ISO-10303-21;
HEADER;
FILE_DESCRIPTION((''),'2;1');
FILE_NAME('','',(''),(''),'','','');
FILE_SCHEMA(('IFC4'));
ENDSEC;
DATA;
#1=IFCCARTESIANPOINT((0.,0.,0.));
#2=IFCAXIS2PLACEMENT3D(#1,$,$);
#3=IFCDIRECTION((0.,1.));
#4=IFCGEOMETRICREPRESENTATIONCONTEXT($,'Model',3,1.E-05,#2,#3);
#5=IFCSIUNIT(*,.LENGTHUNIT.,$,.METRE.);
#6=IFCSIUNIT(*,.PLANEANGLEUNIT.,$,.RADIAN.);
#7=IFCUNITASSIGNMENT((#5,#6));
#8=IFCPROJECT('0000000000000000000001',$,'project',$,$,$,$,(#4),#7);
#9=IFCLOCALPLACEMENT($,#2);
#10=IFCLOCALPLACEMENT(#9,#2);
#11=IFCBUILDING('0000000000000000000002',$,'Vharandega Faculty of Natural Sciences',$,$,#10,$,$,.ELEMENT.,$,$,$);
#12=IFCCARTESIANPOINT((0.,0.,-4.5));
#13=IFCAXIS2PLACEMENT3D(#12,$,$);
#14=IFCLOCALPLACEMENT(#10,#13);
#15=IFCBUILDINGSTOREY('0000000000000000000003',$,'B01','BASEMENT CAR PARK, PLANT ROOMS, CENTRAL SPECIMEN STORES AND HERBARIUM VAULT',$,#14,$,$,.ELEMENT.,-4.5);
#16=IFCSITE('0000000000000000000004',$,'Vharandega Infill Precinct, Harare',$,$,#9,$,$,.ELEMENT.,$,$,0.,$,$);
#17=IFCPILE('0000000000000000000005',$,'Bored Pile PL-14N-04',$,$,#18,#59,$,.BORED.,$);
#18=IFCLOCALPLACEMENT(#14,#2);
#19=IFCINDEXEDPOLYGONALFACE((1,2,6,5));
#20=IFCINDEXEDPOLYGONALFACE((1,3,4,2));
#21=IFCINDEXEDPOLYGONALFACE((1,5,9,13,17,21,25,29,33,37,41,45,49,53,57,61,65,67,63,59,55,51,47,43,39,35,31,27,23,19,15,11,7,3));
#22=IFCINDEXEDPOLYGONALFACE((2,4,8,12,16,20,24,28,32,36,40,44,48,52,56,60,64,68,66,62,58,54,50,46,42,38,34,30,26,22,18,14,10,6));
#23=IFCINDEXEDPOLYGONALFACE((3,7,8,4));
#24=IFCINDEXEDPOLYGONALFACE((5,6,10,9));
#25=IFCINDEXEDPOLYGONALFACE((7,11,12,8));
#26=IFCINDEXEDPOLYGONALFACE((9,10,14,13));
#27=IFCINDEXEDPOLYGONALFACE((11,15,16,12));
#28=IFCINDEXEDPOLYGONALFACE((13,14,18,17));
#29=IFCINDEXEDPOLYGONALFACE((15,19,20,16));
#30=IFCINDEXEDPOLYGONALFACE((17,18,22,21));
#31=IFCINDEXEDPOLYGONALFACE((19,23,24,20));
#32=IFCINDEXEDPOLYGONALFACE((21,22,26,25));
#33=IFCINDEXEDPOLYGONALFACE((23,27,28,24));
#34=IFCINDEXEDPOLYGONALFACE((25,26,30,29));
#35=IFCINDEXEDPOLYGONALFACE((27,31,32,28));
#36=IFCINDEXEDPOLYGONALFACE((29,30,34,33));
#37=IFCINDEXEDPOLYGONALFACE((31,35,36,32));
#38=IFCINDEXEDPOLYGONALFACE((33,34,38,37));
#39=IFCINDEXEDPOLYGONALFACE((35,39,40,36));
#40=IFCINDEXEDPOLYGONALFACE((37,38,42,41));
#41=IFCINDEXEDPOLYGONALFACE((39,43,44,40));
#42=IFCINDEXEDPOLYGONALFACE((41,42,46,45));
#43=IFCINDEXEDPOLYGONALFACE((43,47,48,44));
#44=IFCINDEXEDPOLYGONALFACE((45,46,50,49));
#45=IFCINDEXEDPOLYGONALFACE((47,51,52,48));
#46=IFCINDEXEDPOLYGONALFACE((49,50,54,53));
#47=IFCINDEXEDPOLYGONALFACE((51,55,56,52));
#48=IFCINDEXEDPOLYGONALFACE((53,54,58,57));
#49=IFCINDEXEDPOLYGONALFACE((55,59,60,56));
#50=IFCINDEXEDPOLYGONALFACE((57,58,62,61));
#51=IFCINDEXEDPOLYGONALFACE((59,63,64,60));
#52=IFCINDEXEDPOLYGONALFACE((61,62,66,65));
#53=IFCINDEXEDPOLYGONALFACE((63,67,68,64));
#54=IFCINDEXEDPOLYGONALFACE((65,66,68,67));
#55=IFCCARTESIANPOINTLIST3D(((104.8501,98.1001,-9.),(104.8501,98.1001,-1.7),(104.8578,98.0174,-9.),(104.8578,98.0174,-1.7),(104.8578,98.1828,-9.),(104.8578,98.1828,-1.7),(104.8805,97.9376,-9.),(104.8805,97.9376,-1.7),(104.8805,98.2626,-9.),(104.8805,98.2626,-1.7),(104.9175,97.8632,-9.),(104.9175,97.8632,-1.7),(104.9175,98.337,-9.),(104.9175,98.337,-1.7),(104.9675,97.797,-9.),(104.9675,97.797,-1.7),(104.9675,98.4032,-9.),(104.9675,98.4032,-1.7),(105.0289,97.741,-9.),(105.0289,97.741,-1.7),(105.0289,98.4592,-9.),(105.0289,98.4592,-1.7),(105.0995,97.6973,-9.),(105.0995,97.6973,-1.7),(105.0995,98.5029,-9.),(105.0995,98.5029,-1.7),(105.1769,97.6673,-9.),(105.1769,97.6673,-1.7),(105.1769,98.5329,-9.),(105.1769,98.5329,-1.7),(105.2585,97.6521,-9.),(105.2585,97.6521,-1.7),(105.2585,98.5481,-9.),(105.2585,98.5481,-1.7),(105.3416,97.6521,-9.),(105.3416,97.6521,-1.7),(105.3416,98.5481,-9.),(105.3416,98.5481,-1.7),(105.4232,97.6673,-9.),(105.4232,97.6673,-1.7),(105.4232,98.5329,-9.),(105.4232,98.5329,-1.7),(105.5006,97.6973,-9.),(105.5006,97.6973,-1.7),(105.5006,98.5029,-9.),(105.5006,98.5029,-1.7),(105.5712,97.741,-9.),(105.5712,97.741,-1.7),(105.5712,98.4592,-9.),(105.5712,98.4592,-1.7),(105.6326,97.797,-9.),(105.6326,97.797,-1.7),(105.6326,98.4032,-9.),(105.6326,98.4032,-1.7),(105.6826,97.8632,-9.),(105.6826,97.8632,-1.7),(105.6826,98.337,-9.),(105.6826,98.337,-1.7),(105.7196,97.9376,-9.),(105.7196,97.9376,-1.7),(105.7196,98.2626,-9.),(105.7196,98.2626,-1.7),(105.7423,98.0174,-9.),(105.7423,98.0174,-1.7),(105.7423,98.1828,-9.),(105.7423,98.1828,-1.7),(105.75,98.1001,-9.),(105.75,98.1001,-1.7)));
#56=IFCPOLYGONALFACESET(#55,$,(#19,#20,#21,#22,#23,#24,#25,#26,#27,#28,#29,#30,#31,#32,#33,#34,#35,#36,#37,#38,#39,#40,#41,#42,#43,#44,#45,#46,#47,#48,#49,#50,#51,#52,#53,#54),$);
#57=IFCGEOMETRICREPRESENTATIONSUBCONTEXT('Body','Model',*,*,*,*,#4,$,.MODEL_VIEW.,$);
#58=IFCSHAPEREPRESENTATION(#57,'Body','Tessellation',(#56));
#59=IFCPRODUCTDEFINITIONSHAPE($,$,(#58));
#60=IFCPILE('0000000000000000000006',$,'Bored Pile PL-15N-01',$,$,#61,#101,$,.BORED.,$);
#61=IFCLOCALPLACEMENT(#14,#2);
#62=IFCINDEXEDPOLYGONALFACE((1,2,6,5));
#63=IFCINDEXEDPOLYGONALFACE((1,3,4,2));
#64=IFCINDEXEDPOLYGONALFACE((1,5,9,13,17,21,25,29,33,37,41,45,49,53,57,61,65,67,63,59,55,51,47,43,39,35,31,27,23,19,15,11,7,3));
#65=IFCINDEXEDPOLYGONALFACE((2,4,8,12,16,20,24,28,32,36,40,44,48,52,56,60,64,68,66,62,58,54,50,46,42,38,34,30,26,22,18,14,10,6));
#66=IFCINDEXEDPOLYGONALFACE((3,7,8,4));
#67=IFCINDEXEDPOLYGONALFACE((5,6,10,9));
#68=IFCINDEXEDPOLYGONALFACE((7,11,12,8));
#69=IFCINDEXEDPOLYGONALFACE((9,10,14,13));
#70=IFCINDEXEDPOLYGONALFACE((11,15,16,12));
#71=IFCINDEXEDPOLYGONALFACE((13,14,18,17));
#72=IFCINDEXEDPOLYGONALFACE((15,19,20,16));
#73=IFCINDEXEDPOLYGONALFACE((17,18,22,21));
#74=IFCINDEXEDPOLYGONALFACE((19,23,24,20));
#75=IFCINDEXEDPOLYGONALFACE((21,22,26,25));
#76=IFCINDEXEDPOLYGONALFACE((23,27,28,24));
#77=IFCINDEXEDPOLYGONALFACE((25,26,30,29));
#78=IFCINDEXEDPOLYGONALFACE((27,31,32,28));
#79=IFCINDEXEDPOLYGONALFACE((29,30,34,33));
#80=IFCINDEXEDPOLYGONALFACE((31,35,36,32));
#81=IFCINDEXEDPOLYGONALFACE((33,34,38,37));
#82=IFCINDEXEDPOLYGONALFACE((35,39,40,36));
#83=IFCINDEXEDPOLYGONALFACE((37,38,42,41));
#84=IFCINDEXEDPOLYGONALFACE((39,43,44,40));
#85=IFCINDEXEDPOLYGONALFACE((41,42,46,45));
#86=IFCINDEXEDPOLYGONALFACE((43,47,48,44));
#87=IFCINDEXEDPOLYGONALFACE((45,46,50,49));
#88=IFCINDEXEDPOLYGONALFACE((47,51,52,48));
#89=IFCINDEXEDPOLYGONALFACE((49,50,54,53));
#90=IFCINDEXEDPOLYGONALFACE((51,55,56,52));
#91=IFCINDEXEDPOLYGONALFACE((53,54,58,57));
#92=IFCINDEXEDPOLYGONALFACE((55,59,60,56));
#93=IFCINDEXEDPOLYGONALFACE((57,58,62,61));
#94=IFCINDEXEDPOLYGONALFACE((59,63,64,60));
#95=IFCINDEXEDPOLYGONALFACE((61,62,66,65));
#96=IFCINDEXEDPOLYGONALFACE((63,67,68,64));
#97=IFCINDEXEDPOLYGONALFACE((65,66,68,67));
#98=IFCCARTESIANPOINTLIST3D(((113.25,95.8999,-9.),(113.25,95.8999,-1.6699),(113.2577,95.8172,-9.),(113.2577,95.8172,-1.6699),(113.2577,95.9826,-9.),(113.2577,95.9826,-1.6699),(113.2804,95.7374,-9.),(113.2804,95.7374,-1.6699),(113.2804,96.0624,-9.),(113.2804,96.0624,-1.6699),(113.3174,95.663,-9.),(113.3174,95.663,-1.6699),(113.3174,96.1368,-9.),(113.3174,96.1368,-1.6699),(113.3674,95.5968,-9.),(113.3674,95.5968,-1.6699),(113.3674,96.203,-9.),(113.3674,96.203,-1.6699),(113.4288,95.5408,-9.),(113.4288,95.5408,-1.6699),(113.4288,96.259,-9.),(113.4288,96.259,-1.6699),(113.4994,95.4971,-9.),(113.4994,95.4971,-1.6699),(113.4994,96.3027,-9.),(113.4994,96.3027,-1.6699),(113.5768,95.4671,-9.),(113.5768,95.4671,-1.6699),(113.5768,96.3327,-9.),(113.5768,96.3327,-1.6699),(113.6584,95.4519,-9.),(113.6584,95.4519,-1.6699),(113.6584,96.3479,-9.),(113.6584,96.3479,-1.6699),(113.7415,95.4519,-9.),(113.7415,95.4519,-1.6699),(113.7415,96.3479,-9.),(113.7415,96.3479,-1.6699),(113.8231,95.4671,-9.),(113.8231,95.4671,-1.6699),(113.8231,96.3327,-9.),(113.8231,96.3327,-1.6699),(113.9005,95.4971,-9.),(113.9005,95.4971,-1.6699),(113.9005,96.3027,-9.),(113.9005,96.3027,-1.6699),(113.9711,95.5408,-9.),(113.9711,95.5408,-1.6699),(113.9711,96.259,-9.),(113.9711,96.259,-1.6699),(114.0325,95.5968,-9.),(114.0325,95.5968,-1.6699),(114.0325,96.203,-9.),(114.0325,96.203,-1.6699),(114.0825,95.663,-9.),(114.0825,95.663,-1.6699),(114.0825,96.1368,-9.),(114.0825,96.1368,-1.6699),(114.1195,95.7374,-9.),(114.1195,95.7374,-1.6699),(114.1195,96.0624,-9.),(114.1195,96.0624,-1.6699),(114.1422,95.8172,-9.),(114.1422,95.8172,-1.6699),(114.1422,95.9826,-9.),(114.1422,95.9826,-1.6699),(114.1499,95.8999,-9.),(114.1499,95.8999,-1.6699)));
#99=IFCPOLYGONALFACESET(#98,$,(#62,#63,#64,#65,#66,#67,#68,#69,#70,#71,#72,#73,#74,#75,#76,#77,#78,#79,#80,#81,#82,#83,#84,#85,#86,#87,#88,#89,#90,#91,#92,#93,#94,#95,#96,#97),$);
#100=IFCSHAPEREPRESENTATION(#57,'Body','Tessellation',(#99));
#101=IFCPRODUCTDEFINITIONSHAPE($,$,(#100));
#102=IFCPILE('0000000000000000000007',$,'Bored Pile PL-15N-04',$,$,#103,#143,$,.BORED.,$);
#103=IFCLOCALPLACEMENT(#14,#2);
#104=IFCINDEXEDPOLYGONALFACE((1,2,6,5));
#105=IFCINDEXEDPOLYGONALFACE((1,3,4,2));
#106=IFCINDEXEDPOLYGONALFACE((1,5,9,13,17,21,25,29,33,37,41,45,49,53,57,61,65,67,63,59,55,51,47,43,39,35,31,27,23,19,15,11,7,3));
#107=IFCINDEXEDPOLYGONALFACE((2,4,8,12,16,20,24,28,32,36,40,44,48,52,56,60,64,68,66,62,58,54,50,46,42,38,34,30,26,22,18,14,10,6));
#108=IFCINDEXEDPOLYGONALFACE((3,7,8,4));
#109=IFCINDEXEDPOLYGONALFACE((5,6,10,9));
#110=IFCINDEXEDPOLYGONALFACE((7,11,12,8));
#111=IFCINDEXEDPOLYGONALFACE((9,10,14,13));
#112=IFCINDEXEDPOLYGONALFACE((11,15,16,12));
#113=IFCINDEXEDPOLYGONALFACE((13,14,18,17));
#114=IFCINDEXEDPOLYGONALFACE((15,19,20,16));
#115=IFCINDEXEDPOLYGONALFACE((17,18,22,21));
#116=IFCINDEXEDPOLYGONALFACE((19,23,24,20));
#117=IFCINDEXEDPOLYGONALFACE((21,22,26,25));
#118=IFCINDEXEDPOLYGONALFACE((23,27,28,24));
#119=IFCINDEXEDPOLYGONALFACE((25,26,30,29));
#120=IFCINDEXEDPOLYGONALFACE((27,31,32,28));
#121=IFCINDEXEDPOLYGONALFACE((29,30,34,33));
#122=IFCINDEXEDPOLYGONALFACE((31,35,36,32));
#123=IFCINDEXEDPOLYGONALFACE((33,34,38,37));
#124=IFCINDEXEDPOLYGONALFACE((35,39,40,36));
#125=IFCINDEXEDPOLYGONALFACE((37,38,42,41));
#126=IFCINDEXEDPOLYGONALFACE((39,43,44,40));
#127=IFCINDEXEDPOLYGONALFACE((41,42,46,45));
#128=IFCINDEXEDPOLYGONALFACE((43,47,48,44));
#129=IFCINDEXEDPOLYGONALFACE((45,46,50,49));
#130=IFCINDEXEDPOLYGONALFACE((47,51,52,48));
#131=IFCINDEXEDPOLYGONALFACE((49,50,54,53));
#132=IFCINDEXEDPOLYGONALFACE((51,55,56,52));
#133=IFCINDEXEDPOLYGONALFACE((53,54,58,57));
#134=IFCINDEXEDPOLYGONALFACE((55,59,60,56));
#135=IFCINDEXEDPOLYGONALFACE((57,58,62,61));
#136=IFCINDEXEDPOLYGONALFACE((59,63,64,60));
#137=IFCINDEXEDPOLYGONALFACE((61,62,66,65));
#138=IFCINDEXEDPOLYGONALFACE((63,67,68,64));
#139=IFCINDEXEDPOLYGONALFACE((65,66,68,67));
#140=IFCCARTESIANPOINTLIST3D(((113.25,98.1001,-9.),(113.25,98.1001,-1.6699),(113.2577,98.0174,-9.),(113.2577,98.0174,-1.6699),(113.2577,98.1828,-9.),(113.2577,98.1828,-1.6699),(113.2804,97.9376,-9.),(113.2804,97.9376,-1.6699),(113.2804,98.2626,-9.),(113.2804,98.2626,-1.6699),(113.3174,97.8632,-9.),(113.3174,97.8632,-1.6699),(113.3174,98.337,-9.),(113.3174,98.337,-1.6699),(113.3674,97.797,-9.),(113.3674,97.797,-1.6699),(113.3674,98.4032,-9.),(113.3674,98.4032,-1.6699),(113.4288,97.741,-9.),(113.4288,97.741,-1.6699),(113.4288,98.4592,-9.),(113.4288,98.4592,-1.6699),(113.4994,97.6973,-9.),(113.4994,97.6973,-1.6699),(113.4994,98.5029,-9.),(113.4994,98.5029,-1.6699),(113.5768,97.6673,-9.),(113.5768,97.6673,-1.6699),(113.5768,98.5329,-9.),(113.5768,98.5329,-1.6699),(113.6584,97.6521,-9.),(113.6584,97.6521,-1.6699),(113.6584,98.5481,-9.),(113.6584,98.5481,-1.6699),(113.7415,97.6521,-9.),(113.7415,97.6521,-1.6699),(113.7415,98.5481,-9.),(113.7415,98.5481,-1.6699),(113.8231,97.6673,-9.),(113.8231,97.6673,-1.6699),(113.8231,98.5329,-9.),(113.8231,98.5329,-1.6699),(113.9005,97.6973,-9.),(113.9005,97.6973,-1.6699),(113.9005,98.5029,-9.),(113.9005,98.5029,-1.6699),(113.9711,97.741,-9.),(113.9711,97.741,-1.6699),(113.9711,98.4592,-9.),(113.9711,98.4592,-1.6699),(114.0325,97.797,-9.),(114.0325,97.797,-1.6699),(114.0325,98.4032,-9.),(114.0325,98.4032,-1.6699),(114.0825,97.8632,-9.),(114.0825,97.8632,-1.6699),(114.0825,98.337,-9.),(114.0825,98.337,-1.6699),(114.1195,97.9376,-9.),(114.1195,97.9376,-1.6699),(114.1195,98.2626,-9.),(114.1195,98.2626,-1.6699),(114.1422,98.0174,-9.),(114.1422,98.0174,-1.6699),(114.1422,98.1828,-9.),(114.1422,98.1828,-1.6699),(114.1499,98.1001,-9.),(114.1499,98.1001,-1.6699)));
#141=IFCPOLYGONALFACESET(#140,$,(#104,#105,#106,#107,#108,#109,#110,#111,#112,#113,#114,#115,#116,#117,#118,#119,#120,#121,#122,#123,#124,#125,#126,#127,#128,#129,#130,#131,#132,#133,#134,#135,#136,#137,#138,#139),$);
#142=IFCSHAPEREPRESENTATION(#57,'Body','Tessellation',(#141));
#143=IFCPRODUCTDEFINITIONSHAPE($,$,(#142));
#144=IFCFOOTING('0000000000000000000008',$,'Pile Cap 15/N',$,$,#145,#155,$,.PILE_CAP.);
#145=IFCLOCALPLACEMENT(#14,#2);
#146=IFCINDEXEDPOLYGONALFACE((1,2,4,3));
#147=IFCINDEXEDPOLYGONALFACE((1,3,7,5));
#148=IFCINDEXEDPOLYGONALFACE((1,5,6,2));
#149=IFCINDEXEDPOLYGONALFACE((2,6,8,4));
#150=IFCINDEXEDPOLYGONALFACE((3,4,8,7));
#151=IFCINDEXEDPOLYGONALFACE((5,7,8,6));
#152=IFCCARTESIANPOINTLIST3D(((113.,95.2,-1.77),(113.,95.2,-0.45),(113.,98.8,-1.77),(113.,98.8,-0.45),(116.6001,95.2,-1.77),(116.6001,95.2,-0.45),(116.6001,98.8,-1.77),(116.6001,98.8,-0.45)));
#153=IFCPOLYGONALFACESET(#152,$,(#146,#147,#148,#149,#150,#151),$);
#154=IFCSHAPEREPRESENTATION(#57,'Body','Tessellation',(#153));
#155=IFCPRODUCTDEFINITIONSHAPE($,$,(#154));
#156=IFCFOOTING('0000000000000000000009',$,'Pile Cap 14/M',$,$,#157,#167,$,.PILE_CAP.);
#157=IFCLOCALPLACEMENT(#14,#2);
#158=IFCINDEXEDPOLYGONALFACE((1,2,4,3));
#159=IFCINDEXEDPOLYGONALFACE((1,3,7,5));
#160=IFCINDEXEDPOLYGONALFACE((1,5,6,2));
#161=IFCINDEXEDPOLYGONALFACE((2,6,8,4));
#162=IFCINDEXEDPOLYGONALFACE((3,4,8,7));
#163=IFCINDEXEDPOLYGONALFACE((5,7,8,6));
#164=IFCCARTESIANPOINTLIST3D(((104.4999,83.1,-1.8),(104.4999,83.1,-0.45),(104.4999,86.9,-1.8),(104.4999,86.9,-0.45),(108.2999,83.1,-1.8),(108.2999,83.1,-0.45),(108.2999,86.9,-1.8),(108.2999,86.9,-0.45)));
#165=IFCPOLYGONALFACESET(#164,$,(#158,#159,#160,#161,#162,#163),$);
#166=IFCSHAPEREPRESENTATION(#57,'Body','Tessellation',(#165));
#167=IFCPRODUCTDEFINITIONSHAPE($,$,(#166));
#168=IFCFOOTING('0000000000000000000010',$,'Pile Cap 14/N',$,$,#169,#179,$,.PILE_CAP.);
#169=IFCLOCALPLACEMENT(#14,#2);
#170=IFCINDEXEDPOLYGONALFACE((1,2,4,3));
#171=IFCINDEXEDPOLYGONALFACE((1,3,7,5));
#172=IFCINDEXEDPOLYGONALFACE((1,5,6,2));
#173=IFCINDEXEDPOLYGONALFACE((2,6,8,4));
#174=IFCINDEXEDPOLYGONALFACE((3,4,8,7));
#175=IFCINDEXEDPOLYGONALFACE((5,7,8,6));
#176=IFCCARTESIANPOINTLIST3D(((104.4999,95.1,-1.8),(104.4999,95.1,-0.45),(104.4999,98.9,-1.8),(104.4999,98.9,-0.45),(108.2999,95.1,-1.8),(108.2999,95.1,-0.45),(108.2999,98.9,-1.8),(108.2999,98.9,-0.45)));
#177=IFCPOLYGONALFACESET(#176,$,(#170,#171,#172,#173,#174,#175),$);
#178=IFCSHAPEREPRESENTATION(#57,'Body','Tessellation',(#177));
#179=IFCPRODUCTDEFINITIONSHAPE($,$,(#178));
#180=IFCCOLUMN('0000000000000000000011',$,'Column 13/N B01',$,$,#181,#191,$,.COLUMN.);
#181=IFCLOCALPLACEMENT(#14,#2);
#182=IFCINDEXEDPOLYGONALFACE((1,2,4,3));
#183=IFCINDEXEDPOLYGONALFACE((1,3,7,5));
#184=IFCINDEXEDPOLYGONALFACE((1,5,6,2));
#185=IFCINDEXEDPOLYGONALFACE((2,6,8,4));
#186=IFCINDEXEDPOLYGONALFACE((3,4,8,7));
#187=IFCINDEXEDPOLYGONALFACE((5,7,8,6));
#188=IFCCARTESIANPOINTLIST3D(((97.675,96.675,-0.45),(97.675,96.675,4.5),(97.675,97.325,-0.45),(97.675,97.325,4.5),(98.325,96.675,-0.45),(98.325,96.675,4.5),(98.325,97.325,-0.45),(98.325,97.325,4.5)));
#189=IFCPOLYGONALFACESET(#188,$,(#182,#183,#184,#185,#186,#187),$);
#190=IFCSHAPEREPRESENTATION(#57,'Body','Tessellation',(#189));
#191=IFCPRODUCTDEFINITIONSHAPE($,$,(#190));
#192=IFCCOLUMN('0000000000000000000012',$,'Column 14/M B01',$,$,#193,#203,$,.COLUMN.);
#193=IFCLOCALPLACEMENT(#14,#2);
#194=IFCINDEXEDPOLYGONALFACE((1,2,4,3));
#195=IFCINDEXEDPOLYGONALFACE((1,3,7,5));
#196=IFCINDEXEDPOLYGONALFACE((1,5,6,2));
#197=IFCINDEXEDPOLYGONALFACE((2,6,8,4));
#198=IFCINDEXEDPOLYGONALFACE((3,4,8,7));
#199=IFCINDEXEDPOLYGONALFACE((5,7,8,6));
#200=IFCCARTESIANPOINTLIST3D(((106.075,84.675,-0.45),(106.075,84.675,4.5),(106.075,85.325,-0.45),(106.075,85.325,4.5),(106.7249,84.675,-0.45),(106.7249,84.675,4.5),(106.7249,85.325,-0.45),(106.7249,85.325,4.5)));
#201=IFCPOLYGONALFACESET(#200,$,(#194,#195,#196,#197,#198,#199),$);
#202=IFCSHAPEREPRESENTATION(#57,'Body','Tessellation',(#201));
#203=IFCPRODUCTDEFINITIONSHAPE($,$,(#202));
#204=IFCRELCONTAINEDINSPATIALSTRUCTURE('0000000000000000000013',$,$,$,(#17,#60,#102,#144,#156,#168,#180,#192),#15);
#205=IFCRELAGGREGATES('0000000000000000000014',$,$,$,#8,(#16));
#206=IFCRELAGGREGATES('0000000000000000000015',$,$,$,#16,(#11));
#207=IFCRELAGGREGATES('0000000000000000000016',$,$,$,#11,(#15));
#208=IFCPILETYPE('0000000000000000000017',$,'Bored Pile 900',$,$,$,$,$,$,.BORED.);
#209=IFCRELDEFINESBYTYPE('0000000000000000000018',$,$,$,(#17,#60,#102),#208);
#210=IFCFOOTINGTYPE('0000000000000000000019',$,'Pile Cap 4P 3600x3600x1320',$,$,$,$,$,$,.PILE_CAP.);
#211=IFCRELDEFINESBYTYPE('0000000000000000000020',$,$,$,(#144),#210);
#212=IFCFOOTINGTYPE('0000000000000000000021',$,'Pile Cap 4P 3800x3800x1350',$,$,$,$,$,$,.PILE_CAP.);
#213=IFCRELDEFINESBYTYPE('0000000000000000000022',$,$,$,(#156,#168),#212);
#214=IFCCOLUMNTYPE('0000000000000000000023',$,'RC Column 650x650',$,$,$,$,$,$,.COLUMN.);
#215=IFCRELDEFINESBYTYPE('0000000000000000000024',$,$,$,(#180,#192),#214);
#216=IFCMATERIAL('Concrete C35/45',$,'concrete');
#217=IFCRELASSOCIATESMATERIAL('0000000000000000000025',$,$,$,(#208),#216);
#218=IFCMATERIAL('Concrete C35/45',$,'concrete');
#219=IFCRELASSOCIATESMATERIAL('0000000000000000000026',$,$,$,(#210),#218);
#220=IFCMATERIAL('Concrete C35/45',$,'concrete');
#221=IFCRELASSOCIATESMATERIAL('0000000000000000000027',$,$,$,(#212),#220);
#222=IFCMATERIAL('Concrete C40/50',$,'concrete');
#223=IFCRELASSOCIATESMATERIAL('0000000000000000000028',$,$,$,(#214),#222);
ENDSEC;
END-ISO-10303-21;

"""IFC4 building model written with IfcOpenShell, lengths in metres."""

from ifc_helpers import new_model, si_unit, direction, frame, origin, origin_2d, place, context, subcontext, project, spatial, rectangle, circle, extrude, material, material_profile, profile_set, type_object, element, save


model = new_model("IFC4")

# Units and contexts
model_context = context("Model", 3, precision=1e-05, world=origin(), true_north=direction((0.0, 1.0)))
body_context = subcontext(model_context, "Body", "Model", "MODEL_VIEW")
ifc_project = project(units=[si_unit("LENGTHUNIT", "METRE"), si_unit("PLANEANGLEUNIT", "RADIAN")], contexts=[model_context])

# Site, building, storey
site_placement = place(None, origin())
site = spatial("IfcSite", under=ifc_project, at=site_placement, Name="Vharandega Infill Precinct, Harare", CompositionType="ELEMENT", RefElevation=0.0)
building_placement = place(site_placement, origin())
building = spatial("IfcBuilding", under=site, at=building_placement, Name="Vharandega Faculty of Natural Sciences", CompositionType="ELEMENT")
storey_placement = place(building_placement, frame((0.0, 0.0, -4.5)))
storey = spatial("IfcBuildingStorey", under=building, at=storey_placement, Name="B01", Description="BASEMENT CAR PARK, PLANT ROOMS, CENTRAL SPECIMEN STORES AND HERBARIUM VAULT", CompositionType="ELEMENT", Elevation=-4.5)

# Piles
ifc_material_1 = material(Name="Concrete C35/45", Category="concrete")
ifc_material_profile_1 = material_profile(ifc_material_1, circle(Radius=0.45, at=origin_2d()), Name="PILE 900")
ifc_profile_set_1 = profile_set([ifc_material_profile_1], Name="Concrete C35/45")
pile_type = type_object("IfcPileType", Name="Bored Pile 900", PredefinedType="BORED", material=ifc_profile_set_1)
for number, where, z_axis, x_axis, name in (
    (1, (105.3, 98.1001, -1.7), (0.0, 0.0, -1.0), (1.0, 0.0, 0.0), "Bored Pile PL-14N-04"),
):
    element("IfcPile", number, at=place(storey_placement, frame(where, z_axis=z_axis, x_axis=x_axis)), inside=storey, type_object=pile_type, Name=name, PredefinedType="BORED", context=body_context, shape_type="SweptSolid", body=[
        extrude(circle(Radius=0.45, at=origin_2d()), origin(), (0.0, 0.0, 1.0), 7.3),
    ])
for number, where, z_axis, x_axis, name in (
    (2, (113.7, 95.8999, -1.6699), (0.0, 0.0, -1.0), (1.0, 0.0, 0.0), "Bored Pile PL-15N-01"),
    (3, (113.7, 98.1001, -1.6699), (0.0, 0.0, -1.0), (1.0, 0.0, 0.0), "Bored Pile PL-15N-04"),
):
    element("IfcPile", number, at=place(storey_placement, frame(where, z_axis=z_axis, x_axis=x_axis)), inside=storey, type_object=pile_type, Name=name, PredefinedType="BORED", context=body_context, shape_type="SweptSolid", body=[
        extrude(circle(Radius=0.45, at=origin_2d()), origin(), (0.0, 0.0, 1.0), 7.3301),
    ])

# Footings
ifc_material_2 = material(Name="Concrete C35/45", Category="concrete")
footing_type_1 = type_object("IfcFootingType", Name="Pile Cap 4P 3600x3600x1320", PredefinedType="PILE_CAP", material=ifc_material_2)
footing_placement = place(storey_placement, frame((114.8, 97.0, -1.77), z_axis=(0.0, 0.0, 1.0), x_axis=(1.0, 0.0, 0.0)))
element("IfcFooting", 4, at=footing_placement, inside=storey, type_object=footing_type_1, Name="Pile Cap 15/N", PredefinedType="PILE_CAP", context=body_context, shape_type="SweptSolid", body=[
    extrude(rectangle(XDim=3.6001, YDim=3.6001, at=origin_2d()), origin(), (0.0, 0.0, 1.0), 1.3201),
])
ifc_material_3 = material(Name="Concrete C35/45", Category="concrete")
footing_type_2 = type_object("IfcFootingType", Name="Pile Cap 4P 3800x3800x1350", PredefinedType="PILE_CAP", material=ifc_material_3)
for number, where, z_axis, x_axis, name in (
    (5, (106.3999, 85.0, -1.8), (0.0, 0.0, 1.0), (1.0, 0.0, 0.0), "Pile Cap 14/M"),
    (6, (106.3999, 97.0, -1.8), (0.0, 0.0, 1.0), (1.0, 0.0, 0.0), "Pile Cap 14/N"),
):
    element("IfcFooting", number, at=place(storey_placement, frame(where, z_axis=z_axis, x_axis=x_axis)), inside=storey, type_object=footing_type_2, Name=name, PredefinedType="PILE_CAP", context=body_context, shape_type="SweptSolid", body=[
        extrude(rectangle(XDim=3.8, YDim=3.8, at=origin_2d()), origin(), (0.0, 0.0, 1.0), 1.3501),
    ])

# Columns
ifc_material_4 = material(Name="Concrete C40/50", Category="concrete")
ifc_material_profile_2 = material_profile(ifc_material_4, rectangle(XDim=0.6499, YDim=0.6499, at=origin_2d()), Name="RC 650x650")
ifc_profile_set_2 = profile_set([ifc_material_profile_2], Name="Concrete C40/50")
column_type = type_object("IfcColumnType", Name="RC Column 650x650", PredefinedType="COLUMN", material=ifc_profile_set_2)
for number, where, z_axis, x_axis, name in (
    (7, (98.0, 97.0, -0.45), (0.0, 0.0, 1.0), (1.0, 0.0, 0.0), "Column 13/N B01"),
    (8, (106.3999, 85.0, -0.45), (0.0, 0.0, 1.0), (1.0, 0.0, 0.0), "Column 14/M B01"),
):
    element("IfcColumn", number, at=place(storey_placement, frame(where, z_axis=z_axis, x_axis=x_axis)), inside=storey, type_object=column_type, Name=name, PredefinedType="COLUMN", context=body_context, shape_type="SweptSolid", body=[
        extrude(rectangle(XDim=0.6499, YDim=0.6499, at=origin_2d()), origin(), (0.0, 0.0, 1.0), 4.95),
    ])

save(model, "model.ifc")
